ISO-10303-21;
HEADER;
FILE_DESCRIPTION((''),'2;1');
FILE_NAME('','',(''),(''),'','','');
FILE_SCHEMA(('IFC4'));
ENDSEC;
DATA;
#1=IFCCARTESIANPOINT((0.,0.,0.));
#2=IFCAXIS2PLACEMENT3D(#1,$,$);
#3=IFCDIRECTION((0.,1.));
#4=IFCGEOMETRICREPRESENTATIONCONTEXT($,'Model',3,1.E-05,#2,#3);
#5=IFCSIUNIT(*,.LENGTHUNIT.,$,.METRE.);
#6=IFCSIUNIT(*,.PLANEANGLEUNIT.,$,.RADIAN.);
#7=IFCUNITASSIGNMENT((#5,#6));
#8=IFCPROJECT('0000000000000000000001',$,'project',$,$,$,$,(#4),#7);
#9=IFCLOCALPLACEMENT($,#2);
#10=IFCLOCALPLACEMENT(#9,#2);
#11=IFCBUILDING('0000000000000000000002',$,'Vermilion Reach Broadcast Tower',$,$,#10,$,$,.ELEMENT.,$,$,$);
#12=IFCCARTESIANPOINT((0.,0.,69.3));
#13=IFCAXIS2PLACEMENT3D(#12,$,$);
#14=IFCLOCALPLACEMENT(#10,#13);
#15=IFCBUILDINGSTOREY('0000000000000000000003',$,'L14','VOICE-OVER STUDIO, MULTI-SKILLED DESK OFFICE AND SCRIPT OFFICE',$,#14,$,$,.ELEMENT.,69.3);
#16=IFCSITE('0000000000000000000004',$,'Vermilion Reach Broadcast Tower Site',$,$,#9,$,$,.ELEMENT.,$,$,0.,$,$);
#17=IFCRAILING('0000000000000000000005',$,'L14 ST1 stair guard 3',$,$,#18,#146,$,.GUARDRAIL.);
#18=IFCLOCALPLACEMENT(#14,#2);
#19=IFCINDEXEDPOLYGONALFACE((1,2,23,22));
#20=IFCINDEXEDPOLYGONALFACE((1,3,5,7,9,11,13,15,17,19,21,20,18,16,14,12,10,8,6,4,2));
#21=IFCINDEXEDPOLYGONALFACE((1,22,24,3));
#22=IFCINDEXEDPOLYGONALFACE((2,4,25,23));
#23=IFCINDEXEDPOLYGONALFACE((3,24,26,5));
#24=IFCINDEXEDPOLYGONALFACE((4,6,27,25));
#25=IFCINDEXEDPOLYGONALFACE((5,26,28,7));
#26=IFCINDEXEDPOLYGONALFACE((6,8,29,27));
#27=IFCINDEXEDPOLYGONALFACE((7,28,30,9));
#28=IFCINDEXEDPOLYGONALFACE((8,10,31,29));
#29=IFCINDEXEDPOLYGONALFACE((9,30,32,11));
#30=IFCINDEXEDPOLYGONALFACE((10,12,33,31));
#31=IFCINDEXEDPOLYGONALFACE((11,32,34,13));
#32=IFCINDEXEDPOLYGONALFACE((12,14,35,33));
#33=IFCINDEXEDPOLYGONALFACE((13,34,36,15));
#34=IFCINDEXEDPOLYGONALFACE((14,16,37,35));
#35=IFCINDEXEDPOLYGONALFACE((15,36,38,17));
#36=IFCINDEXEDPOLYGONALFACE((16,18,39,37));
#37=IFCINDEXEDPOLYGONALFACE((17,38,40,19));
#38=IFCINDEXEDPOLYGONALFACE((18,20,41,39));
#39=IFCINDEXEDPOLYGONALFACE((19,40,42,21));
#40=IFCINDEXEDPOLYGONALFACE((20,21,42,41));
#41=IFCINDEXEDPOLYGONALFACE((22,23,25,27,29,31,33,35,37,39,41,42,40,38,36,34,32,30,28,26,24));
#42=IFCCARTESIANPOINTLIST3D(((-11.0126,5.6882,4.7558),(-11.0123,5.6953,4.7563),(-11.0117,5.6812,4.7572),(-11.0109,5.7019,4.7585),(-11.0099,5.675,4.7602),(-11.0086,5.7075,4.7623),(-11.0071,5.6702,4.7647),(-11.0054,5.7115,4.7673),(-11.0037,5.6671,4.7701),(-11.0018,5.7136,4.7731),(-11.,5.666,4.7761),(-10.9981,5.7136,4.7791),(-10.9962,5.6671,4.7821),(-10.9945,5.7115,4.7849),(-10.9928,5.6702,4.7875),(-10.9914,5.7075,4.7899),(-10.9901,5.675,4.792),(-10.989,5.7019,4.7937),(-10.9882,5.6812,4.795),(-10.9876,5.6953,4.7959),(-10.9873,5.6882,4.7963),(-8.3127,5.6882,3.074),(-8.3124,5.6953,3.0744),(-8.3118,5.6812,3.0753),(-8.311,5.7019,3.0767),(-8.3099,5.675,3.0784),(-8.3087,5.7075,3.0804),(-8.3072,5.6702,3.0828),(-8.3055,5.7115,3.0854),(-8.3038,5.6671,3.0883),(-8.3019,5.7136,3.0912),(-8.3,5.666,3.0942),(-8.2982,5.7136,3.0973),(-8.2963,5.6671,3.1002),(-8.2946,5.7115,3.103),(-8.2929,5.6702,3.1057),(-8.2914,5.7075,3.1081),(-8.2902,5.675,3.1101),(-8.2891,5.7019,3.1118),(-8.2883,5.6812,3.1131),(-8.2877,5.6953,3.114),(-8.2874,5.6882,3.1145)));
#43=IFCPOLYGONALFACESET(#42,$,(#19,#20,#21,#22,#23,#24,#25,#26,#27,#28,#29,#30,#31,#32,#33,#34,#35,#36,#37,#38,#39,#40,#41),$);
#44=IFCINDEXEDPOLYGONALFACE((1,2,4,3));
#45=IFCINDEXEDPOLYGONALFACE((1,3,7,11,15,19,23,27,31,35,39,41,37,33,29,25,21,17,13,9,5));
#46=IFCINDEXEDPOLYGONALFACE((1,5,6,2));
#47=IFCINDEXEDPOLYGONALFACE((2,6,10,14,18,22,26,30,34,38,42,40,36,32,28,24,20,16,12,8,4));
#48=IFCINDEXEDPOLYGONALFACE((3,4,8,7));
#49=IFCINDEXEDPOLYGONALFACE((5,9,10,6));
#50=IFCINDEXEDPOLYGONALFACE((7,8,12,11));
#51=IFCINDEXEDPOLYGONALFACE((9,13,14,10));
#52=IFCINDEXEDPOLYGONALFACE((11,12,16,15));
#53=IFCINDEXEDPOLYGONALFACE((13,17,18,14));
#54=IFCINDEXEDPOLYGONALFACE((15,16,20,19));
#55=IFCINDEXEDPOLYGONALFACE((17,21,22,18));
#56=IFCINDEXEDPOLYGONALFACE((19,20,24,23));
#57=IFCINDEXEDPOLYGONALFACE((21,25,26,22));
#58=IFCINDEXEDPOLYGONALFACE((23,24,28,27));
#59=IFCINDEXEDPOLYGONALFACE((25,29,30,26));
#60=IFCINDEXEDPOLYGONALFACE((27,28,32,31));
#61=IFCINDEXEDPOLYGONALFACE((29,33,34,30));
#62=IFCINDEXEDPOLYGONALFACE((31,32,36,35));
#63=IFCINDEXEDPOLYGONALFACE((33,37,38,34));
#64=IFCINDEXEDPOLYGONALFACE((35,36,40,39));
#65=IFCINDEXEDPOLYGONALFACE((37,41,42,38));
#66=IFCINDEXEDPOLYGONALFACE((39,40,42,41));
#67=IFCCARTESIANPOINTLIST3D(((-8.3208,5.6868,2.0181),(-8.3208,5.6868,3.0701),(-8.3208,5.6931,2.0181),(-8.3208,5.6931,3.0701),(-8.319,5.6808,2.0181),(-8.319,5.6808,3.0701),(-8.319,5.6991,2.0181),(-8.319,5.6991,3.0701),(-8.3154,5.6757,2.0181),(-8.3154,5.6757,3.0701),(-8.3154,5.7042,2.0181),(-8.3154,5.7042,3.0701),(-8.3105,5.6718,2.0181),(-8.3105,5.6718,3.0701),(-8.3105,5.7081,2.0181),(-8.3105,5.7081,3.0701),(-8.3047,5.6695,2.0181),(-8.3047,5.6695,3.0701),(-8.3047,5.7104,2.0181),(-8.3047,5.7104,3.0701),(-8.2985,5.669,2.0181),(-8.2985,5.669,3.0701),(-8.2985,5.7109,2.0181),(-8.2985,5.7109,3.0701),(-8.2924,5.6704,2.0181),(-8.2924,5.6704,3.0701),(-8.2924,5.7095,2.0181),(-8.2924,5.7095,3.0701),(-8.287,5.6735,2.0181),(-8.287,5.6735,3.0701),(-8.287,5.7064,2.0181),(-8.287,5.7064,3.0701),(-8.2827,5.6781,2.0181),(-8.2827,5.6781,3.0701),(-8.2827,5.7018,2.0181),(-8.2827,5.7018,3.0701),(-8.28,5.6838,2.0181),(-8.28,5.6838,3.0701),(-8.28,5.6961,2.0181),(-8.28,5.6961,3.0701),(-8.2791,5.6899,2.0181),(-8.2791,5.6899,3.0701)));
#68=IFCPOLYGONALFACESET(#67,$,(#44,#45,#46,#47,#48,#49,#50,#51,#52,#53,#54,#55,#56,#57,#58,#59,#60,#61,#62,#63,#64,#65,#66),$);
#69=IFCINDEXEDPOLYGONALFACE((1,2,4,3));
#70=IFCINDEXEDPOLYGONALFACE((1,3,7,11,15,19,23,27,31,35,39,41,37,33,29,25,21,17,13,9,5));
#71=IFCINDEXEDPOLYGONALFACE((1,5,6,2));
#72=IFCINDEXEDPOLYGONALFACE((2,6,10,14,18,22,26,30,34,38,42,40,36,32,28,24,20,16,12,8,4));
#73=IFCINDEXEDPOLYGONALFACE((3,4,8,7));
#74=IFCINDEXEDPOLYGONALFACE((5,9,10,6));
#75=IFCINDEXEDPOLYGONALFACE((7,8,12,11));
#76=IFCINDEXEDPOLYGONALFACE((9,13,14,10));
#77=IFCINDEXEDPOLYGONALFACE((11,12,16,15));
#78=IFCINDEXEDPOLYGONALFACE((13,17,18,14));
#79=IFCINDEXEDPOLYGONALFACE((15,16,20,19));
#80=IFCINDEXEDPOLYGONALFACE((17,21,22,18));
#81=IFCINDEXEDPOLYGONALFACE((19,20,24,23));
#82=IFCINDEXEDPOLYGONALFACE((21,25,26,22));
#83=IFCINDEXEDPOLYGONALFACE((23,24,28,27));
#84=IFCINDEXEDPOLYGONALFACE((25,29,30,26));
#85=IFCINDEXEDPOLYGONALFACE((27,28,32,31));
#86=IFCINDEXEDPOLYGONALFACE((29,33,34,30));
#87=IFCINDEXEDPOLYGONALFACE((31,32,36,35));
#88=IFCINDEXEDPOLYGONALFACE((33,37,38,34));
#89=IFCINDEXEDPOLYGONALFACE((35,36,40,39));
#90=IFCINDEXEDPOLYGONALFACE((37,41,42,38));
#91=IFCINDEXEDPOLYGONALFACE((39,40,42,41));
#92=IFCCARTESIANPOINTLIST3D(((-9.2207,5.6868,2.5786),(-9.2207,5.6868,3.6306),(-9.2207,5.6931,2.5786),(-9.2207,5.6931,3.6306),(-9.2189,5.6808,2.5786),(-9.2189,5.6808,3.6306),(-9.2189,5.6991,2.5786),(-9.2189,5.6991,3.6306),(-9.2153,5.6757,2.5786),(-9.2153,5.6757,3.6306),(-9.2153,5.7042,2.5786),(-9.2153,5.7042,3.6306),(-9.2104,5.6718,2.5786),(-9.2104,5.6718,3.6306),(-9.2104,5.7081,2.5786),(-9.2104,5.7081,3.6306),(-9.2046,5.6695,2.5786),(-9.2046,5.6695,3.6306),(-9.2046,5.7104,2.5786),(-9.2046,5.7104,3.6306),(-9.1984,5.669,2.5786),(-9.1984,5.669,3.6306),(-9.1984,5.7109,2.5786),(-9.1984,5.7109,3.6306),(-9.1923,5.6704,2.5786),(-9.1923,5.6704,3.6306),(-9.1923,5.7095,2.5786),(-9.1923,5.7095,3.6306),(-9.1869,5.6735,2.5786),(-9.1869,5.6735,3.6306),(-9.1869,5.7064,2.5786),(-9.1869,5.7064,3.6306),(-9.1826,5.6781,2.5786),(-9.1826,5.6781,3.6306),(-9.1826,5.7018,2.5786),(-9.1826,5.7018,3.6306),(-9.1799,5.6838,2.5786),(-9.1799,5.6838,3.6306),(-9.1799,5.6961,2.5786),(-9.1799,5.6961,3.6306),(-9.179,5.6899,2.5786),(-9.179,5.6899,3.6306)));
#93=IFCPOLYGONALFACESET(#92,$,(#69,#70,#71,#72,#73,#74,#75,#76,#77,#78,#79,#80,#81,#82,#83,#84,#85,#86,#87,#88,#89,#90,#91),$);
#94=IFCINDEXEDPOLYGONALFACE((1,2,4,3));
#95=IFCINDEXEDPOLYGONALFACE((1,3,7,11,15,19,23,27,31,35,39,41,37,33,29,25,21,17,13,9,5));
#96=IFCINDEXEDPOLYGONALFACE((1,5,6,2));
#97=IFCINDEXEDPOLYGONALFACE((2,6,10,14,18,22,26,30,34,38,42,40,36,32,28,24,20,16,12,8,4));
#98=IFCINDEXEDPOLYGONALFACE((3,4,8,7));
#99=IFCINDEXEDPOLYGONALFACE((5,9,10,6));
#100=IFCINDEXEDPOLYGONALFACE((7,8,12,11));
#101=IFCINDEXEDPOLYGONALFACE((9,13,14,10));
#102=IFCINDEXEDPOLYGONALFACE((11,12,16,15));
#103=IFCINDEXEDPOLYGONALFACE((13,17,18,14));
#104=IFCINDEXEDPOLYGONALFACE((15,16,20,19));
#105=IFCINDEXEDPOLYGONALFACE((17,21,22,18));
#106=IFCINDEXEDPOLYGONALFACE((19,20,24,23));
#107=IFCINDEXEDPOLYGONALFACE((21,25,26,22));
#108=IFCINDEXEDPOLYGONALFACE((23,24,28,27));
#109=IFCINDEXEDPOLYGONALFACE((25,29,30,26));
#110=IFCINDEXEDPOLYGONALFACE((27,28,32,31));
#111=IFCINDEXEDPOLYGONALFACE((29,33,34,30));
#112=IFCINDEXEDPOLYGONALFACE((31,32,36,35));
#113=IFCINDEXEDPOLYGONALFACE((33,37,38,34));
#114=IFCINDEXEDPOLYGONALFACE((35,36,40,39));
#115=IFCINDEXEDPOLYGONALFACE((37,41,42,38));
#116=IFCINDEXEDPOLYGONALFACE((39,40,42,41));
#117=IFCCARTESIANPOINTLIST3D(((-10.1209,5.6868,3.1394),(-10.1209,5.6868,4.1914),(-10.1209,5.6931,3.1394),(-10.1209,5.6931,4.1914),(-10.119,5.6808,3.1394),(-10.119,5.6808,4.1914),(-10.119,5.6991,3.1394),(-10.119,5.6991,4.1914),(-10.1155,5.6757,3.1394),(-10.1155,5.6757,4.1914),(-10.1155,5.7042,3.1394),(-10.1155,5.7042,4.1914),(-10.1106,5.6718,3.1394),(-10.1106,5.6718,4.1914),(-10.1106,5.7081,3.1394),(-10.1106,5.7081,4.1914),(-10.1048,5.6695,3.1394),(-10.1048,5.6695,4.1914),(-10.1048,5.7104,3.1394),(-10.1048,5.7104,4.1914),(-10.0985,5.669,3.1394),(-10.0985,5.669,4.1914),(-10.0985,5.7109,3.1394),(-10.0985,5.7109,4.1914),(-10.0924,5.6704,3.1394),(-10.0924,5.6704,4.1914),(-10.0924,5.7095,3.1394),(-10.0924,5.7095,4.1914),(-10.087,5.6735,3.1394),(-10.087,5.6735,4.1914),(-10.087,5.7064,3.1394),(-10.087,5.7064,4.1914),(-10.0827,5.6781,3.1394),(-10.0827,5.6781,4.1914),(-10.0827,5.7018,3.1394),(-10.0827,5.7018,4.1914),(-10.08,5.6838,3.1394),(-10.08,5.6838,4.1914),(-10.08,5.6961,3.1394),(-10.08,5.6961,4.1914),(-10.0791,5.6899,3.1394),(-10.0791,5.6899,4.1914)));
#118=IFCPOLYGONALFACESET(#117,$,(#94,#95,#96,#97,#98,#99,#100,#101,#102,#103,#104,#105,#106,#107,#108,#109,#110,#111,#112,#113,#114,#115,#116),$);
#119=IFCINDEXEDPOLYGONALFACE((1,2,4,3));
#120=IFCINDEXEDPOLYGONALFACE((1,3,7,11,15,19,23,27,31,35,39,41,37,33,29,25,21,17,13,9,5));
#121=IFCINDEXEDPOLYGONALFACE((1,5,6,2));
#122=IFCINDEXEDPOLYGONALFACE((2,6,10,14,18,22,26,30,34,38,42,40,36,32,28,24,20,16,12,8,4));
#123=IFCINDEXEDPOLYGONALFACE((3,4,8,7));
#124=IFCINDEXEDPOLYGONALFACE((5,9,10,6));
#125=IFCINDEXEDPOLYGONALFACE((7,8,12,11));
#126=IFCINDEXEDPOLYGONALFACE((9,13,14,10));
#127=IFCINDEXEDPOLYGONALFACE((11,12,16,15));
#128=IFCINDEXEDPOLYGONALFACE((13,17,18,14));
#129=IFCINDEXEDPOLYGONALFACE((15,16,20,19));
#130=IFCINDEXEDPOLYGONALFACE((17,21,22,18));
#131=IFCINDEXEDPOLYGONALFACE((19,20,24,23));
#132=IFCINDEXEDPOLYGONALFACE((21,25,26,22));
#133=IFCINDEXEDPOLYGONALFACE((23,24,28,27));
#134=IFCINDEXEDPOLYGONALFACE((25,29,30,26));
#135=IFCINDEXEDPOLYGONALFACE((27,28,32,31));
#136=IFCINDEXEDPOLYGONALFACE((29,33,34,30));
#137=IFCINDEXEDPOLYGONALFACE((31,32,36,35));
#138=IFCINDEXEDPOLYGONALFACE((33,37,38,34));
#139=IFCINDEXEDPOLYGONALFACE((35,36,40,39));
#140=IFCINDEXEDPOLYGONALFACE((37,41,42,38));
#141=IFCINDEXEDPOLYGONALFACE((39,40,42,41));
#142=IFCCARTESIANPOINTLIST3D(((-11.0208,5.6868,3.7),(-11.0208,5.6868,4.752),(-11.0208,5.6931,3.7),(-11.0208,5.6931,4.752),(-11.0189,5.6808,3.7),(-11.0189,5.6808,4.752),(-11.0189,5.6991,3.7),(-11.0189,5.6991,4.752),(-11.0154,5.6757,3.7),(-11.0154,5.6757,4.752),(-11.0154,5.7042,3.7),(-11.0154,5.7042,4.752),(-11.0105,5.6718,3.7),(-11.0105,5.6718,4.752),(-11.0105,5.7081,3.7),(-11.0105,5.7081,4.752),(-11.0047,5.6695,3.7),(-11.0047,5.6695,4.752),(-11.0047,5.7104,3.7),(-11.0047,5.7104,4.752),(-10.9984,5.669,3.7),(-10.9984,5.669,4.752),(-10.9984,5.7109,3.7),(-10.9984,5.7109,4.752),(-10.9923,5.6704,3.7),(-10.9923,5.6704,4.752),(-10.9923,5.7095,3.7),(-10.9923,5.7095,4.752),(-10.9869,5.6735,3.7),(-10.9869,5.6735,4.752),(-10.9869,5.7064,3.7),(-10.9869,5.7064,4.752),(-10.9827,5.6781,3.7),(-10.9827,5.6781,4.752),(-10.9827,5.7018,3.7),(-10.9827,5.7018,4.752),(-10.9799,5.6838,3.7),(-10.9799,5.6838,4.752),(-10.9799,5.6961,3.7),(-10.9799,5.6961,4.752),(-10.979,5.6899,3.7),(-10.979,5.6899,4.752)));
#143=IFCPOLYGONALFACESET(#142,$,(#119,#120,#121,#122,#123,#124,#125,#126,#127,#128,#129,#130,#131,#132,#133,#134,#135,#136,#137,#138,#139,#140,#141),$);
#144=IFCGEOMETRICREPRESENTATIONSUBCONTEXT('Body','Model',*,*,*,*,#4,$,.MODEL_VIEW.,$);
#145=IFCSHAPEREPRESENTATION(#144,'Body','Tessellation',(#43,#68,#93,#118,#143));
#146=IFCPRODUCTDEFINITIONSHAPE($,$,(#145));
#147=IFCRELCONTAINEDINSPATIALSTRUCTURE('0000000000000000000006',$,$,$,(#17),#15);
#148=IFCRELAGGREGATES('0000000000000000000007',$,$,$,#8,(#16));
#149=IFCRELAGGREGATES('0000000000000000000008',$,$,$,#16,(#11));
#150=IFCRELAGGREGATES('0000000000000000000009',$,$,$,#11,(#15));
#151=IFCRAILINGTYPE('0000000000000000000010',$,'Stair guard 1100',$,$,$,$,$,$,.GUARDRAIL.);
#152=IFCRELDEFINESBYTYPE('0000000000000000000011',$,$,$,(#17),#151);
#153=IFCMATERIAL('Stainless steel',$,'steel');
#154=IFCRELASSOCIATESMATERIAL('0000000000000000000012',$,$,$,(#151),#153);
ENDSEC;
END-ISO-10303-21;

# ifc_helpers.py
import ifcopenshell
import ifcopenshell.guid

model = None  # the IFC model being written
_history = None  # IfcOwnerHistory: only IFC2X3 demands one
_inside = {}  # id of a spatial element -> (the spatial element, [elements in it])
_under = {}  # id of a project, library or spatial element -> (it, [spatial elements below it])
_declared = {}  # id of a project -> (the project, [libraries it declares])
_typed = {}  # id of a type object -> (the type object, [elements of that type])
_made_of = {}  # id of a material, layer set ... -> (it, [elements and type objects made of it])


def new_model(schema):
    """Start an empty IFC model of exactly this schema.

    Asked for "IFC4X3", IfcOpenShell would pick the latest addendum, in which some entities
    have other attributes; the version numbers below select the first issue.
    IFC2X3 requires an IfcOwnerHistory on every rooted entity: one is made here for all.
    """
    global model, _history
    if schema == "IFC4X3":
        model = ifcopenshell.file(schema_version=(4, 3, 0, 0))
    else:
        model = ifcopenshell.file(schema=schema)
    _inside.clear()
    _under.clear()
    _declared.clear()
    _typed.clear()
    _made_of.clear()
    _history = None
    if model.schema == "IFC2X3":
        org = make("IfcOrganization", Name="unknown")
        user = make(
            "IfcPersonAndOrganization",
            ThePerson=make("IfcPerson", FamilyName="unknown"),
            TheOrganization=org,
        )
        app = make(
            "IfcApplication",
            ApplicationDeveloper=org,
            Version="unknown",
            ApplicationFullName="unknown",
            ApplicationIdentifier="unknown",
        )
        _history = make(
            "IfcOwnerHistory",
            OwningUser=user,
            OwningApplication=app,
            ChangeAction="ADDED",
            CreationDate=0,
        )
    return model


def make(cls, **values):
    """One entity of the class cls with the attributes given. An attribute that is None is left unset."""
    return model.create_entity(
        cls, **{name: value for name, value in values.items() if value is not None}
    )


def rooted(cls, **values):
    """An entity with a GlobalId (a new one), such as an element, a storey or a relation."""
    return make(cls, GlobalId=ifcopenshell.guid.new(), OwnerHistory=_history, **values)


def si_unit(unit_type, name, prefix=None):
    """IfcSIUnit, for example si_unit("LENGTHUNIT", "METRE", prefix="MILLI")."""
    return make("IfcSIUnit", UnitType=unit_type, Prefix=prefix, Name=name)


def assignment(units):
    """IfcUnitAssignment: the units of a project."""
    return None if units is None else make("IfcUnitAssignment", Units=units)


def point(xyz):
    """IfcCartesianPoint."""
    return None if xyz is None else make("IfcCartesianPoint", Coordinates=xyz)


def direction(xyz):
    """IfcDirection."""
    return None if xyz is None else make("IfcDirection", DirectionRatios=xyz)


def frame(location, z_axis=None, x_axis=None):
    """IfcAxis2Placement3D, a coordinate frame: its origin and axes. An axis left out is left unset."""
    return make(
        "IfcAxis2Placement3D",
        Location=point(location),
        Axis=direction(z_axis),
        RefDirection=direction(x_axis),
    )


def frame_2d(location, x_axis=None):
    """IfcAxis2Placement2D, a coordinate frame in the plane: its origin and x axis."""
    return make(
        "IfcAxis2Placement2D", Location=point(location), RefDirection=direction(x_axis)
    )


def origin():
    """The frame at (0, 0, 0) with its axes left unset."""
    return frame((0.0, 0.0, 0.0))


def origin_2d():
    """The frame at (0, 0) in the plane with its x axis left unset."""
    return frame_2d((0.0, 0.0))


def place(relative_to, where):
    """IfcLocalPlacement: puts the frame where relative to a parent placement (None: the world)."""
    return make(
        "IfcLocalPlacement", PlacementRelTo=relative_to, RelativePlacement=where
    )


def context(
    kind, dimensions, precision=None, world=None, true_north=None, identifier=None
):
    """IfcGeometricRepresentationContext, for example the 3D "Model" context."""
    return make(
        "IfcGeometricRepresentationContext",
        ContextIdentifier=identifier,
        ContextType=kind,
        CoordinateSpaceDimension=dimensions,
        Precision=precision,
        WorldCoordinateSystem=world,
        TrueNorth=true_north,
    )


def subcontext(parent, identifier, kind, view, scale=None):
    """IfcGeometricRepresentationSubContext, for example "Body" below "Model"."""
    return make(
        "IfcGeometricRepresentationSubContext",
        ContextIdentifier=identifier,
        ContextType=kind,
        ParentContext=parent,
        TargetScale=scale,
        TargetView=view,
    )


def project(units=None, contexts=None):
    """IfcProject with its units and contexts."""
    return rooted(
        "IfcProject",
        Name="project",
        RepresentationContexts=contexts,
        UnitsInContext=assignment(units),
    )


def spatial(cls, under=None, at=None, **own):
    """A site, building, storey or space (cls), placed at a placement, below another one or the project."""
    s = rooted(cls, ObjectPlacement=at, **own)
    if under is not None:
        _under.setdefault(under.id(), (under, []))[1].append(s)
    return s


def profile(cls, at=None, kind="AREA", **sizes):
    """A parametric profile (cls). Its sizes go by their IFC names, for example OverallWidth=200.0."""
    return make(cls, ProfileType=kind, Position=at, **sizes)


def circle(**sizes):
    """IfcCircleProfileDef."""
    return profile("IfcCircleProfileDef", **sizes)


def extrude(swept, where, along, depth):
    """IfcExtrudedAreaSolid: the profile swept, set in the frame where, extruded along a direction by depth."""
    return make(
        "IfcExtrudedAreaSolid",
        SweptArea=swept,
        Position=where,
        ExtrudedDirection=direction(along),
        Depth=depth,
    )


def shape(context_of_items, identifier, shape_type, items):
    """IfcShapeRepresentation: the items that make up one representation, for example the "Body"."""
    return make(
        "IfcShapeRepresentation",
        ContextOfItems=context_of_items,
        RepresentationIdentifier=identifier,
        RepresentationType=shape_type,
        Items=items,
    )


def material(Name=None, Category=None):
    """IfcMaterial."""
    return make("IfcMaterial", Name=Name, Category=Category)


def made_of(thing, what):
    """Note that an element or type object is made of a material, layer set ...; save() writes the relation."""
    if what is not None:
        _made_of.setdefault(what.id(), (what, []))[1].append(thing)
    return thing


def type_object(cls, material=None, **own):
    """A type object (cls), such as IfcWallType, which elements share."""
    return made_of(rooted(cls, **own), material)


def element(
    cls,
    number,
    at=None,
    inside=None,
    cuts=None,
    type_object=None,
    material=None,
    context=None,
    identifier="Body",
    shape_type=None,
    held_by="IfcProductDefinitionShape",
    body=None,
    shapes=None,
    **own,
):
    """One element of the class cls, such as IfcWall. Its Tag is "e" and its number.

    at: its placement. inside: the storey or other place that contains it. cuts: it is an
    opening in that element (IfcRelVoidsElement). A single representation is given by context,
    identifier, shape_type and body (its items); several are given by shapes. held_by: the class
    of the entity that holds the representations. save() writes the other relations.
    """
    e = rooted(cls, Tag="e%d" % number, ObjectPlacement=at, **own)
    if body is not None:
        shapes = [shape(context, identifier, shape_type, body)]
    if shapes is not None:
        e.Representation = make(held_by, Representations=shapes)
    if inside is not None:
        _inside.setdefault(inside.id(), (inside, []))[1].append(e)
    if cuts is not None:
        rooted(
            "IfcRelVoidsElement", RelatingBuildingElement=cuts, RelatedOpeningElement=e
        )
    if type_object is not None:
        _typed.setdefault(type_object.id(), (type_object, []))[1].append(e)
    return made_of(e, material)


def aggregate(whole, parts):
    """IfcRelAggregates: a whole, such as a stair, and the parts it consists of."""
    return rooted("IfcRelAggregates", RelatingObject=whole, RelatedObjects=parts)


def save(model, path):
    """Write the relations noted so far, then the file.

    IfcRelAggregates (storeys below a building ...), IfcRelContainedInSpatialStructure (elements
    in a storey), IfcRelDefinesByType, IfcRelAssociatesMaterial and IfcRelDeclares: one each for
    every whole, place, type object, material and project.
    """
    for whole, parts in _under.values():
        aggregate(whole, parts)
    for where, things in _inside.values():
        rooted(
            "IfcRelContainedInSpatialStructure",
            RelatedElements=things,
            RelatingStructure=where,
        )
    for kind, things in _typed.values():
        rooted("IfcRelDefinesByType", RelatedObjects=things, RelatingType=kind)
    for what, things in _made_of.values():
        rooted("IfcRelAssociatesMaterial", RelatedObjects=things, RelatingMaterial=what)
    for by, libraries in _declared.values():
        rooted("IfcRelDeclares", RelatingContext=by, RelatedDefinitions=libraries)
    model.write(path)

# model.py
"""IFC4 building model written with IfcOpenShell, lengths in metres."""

from ifc_helpers import new_model, si_unit, direction, frame, origin, origin_2d, place, context, subcontext, project, spatial, circle, extrude, material, type_object, element, save


model = new_model("IFC4")

# Units and contexts
model_context = context("Model", 3, precision=1e-05, world=origin(), true_north=direction((0.0, 1.0)))
body_context = subcontext(model_context, "Body", "Model", "MODEL_VIEW")
ifc_project = project(units=[si_unit("LENGTHUNIT", "METRE"), si_unit("PLANEANGLEUNIT", "RADIAN")], contexts=[model_context])

# Site, building, storey
site_placement = place(None, origin())
site = spatial("IfcSite", under=ifc_project, at=site_placement, Name="Vermilion Reach Broadcast Tower Site", CompositionType="ELEMENT", RefElevation=0.0)
building_placement = place(site_placement, origin())
building = spatial("IfcBuilding", under=site, at=building_placement, Name="Vermilion Reach Broadcast Tower", CompositionType="ELEMENT")
storey_placement = place(building_placement, frame((0.0, 0.0, 69.3)))
storey = spatial("IfcBuildingStorey", under=building, at=storey_placement, Name="L14", Description="VOICE-OVER STUDIO, MULTI-SKILLED DESK OFFICE AND SCRIPT OFFICE", CompositionType="ELEMENT", Elevation=69.3)

# Railing
ifc_material_1 = material(Name="Stainless steel", Category="steel")
railing_type_1 = type_object("IfcRailingType", Name="Stair guard 1100", PredefinedType="GUARDRAIL", material=ifc_material_1)
railing_1_placement = place(storey_placement, frame((-8.3, 5.6899, 2.0181)))
element("IfcRailing", 1, at=railing_1_placement, inside=storey, type_object=railing_type_1, Name="L14 ST1 stair guard 3", PredefinedType="GUARDRAIL", context=body_context, shape_type="SweptSolid", body=[
    extrude(circle(Radius=0.0239, at=origin_2d()), frame((0.0, 0.0, 1.0762), z_axis=(-0.848786, 0.0, 0.528736), x_axis=(0.0, -1.0, 0.0)), (0.0, 0.0, 1.0), 3.1809),
    extrude(circle(Radius=0.021, at=origin_2d()), origin(), (0.0, 0.0, 1.0), 1.052),
    extrude(circle(Radius=0.021, at=origin_2d()), frame((-0.8999, 0.0, 0.5605)), (0.0, 0.0, 1.0), 1.052),
    extrude(circle(Radius=0.021, at=origin_2d()), frame((-1.8, 0.0, 1.1213)), (0.0, 0.0, 1.0), 1.052),
    extrude(circle(Radius=0.021, at=origin_2d()), frame((-2.7, 0.0, 1.6819)), (0.0, 0.0, 1.0), 1.052),
])

save(model, "model.ifc")
